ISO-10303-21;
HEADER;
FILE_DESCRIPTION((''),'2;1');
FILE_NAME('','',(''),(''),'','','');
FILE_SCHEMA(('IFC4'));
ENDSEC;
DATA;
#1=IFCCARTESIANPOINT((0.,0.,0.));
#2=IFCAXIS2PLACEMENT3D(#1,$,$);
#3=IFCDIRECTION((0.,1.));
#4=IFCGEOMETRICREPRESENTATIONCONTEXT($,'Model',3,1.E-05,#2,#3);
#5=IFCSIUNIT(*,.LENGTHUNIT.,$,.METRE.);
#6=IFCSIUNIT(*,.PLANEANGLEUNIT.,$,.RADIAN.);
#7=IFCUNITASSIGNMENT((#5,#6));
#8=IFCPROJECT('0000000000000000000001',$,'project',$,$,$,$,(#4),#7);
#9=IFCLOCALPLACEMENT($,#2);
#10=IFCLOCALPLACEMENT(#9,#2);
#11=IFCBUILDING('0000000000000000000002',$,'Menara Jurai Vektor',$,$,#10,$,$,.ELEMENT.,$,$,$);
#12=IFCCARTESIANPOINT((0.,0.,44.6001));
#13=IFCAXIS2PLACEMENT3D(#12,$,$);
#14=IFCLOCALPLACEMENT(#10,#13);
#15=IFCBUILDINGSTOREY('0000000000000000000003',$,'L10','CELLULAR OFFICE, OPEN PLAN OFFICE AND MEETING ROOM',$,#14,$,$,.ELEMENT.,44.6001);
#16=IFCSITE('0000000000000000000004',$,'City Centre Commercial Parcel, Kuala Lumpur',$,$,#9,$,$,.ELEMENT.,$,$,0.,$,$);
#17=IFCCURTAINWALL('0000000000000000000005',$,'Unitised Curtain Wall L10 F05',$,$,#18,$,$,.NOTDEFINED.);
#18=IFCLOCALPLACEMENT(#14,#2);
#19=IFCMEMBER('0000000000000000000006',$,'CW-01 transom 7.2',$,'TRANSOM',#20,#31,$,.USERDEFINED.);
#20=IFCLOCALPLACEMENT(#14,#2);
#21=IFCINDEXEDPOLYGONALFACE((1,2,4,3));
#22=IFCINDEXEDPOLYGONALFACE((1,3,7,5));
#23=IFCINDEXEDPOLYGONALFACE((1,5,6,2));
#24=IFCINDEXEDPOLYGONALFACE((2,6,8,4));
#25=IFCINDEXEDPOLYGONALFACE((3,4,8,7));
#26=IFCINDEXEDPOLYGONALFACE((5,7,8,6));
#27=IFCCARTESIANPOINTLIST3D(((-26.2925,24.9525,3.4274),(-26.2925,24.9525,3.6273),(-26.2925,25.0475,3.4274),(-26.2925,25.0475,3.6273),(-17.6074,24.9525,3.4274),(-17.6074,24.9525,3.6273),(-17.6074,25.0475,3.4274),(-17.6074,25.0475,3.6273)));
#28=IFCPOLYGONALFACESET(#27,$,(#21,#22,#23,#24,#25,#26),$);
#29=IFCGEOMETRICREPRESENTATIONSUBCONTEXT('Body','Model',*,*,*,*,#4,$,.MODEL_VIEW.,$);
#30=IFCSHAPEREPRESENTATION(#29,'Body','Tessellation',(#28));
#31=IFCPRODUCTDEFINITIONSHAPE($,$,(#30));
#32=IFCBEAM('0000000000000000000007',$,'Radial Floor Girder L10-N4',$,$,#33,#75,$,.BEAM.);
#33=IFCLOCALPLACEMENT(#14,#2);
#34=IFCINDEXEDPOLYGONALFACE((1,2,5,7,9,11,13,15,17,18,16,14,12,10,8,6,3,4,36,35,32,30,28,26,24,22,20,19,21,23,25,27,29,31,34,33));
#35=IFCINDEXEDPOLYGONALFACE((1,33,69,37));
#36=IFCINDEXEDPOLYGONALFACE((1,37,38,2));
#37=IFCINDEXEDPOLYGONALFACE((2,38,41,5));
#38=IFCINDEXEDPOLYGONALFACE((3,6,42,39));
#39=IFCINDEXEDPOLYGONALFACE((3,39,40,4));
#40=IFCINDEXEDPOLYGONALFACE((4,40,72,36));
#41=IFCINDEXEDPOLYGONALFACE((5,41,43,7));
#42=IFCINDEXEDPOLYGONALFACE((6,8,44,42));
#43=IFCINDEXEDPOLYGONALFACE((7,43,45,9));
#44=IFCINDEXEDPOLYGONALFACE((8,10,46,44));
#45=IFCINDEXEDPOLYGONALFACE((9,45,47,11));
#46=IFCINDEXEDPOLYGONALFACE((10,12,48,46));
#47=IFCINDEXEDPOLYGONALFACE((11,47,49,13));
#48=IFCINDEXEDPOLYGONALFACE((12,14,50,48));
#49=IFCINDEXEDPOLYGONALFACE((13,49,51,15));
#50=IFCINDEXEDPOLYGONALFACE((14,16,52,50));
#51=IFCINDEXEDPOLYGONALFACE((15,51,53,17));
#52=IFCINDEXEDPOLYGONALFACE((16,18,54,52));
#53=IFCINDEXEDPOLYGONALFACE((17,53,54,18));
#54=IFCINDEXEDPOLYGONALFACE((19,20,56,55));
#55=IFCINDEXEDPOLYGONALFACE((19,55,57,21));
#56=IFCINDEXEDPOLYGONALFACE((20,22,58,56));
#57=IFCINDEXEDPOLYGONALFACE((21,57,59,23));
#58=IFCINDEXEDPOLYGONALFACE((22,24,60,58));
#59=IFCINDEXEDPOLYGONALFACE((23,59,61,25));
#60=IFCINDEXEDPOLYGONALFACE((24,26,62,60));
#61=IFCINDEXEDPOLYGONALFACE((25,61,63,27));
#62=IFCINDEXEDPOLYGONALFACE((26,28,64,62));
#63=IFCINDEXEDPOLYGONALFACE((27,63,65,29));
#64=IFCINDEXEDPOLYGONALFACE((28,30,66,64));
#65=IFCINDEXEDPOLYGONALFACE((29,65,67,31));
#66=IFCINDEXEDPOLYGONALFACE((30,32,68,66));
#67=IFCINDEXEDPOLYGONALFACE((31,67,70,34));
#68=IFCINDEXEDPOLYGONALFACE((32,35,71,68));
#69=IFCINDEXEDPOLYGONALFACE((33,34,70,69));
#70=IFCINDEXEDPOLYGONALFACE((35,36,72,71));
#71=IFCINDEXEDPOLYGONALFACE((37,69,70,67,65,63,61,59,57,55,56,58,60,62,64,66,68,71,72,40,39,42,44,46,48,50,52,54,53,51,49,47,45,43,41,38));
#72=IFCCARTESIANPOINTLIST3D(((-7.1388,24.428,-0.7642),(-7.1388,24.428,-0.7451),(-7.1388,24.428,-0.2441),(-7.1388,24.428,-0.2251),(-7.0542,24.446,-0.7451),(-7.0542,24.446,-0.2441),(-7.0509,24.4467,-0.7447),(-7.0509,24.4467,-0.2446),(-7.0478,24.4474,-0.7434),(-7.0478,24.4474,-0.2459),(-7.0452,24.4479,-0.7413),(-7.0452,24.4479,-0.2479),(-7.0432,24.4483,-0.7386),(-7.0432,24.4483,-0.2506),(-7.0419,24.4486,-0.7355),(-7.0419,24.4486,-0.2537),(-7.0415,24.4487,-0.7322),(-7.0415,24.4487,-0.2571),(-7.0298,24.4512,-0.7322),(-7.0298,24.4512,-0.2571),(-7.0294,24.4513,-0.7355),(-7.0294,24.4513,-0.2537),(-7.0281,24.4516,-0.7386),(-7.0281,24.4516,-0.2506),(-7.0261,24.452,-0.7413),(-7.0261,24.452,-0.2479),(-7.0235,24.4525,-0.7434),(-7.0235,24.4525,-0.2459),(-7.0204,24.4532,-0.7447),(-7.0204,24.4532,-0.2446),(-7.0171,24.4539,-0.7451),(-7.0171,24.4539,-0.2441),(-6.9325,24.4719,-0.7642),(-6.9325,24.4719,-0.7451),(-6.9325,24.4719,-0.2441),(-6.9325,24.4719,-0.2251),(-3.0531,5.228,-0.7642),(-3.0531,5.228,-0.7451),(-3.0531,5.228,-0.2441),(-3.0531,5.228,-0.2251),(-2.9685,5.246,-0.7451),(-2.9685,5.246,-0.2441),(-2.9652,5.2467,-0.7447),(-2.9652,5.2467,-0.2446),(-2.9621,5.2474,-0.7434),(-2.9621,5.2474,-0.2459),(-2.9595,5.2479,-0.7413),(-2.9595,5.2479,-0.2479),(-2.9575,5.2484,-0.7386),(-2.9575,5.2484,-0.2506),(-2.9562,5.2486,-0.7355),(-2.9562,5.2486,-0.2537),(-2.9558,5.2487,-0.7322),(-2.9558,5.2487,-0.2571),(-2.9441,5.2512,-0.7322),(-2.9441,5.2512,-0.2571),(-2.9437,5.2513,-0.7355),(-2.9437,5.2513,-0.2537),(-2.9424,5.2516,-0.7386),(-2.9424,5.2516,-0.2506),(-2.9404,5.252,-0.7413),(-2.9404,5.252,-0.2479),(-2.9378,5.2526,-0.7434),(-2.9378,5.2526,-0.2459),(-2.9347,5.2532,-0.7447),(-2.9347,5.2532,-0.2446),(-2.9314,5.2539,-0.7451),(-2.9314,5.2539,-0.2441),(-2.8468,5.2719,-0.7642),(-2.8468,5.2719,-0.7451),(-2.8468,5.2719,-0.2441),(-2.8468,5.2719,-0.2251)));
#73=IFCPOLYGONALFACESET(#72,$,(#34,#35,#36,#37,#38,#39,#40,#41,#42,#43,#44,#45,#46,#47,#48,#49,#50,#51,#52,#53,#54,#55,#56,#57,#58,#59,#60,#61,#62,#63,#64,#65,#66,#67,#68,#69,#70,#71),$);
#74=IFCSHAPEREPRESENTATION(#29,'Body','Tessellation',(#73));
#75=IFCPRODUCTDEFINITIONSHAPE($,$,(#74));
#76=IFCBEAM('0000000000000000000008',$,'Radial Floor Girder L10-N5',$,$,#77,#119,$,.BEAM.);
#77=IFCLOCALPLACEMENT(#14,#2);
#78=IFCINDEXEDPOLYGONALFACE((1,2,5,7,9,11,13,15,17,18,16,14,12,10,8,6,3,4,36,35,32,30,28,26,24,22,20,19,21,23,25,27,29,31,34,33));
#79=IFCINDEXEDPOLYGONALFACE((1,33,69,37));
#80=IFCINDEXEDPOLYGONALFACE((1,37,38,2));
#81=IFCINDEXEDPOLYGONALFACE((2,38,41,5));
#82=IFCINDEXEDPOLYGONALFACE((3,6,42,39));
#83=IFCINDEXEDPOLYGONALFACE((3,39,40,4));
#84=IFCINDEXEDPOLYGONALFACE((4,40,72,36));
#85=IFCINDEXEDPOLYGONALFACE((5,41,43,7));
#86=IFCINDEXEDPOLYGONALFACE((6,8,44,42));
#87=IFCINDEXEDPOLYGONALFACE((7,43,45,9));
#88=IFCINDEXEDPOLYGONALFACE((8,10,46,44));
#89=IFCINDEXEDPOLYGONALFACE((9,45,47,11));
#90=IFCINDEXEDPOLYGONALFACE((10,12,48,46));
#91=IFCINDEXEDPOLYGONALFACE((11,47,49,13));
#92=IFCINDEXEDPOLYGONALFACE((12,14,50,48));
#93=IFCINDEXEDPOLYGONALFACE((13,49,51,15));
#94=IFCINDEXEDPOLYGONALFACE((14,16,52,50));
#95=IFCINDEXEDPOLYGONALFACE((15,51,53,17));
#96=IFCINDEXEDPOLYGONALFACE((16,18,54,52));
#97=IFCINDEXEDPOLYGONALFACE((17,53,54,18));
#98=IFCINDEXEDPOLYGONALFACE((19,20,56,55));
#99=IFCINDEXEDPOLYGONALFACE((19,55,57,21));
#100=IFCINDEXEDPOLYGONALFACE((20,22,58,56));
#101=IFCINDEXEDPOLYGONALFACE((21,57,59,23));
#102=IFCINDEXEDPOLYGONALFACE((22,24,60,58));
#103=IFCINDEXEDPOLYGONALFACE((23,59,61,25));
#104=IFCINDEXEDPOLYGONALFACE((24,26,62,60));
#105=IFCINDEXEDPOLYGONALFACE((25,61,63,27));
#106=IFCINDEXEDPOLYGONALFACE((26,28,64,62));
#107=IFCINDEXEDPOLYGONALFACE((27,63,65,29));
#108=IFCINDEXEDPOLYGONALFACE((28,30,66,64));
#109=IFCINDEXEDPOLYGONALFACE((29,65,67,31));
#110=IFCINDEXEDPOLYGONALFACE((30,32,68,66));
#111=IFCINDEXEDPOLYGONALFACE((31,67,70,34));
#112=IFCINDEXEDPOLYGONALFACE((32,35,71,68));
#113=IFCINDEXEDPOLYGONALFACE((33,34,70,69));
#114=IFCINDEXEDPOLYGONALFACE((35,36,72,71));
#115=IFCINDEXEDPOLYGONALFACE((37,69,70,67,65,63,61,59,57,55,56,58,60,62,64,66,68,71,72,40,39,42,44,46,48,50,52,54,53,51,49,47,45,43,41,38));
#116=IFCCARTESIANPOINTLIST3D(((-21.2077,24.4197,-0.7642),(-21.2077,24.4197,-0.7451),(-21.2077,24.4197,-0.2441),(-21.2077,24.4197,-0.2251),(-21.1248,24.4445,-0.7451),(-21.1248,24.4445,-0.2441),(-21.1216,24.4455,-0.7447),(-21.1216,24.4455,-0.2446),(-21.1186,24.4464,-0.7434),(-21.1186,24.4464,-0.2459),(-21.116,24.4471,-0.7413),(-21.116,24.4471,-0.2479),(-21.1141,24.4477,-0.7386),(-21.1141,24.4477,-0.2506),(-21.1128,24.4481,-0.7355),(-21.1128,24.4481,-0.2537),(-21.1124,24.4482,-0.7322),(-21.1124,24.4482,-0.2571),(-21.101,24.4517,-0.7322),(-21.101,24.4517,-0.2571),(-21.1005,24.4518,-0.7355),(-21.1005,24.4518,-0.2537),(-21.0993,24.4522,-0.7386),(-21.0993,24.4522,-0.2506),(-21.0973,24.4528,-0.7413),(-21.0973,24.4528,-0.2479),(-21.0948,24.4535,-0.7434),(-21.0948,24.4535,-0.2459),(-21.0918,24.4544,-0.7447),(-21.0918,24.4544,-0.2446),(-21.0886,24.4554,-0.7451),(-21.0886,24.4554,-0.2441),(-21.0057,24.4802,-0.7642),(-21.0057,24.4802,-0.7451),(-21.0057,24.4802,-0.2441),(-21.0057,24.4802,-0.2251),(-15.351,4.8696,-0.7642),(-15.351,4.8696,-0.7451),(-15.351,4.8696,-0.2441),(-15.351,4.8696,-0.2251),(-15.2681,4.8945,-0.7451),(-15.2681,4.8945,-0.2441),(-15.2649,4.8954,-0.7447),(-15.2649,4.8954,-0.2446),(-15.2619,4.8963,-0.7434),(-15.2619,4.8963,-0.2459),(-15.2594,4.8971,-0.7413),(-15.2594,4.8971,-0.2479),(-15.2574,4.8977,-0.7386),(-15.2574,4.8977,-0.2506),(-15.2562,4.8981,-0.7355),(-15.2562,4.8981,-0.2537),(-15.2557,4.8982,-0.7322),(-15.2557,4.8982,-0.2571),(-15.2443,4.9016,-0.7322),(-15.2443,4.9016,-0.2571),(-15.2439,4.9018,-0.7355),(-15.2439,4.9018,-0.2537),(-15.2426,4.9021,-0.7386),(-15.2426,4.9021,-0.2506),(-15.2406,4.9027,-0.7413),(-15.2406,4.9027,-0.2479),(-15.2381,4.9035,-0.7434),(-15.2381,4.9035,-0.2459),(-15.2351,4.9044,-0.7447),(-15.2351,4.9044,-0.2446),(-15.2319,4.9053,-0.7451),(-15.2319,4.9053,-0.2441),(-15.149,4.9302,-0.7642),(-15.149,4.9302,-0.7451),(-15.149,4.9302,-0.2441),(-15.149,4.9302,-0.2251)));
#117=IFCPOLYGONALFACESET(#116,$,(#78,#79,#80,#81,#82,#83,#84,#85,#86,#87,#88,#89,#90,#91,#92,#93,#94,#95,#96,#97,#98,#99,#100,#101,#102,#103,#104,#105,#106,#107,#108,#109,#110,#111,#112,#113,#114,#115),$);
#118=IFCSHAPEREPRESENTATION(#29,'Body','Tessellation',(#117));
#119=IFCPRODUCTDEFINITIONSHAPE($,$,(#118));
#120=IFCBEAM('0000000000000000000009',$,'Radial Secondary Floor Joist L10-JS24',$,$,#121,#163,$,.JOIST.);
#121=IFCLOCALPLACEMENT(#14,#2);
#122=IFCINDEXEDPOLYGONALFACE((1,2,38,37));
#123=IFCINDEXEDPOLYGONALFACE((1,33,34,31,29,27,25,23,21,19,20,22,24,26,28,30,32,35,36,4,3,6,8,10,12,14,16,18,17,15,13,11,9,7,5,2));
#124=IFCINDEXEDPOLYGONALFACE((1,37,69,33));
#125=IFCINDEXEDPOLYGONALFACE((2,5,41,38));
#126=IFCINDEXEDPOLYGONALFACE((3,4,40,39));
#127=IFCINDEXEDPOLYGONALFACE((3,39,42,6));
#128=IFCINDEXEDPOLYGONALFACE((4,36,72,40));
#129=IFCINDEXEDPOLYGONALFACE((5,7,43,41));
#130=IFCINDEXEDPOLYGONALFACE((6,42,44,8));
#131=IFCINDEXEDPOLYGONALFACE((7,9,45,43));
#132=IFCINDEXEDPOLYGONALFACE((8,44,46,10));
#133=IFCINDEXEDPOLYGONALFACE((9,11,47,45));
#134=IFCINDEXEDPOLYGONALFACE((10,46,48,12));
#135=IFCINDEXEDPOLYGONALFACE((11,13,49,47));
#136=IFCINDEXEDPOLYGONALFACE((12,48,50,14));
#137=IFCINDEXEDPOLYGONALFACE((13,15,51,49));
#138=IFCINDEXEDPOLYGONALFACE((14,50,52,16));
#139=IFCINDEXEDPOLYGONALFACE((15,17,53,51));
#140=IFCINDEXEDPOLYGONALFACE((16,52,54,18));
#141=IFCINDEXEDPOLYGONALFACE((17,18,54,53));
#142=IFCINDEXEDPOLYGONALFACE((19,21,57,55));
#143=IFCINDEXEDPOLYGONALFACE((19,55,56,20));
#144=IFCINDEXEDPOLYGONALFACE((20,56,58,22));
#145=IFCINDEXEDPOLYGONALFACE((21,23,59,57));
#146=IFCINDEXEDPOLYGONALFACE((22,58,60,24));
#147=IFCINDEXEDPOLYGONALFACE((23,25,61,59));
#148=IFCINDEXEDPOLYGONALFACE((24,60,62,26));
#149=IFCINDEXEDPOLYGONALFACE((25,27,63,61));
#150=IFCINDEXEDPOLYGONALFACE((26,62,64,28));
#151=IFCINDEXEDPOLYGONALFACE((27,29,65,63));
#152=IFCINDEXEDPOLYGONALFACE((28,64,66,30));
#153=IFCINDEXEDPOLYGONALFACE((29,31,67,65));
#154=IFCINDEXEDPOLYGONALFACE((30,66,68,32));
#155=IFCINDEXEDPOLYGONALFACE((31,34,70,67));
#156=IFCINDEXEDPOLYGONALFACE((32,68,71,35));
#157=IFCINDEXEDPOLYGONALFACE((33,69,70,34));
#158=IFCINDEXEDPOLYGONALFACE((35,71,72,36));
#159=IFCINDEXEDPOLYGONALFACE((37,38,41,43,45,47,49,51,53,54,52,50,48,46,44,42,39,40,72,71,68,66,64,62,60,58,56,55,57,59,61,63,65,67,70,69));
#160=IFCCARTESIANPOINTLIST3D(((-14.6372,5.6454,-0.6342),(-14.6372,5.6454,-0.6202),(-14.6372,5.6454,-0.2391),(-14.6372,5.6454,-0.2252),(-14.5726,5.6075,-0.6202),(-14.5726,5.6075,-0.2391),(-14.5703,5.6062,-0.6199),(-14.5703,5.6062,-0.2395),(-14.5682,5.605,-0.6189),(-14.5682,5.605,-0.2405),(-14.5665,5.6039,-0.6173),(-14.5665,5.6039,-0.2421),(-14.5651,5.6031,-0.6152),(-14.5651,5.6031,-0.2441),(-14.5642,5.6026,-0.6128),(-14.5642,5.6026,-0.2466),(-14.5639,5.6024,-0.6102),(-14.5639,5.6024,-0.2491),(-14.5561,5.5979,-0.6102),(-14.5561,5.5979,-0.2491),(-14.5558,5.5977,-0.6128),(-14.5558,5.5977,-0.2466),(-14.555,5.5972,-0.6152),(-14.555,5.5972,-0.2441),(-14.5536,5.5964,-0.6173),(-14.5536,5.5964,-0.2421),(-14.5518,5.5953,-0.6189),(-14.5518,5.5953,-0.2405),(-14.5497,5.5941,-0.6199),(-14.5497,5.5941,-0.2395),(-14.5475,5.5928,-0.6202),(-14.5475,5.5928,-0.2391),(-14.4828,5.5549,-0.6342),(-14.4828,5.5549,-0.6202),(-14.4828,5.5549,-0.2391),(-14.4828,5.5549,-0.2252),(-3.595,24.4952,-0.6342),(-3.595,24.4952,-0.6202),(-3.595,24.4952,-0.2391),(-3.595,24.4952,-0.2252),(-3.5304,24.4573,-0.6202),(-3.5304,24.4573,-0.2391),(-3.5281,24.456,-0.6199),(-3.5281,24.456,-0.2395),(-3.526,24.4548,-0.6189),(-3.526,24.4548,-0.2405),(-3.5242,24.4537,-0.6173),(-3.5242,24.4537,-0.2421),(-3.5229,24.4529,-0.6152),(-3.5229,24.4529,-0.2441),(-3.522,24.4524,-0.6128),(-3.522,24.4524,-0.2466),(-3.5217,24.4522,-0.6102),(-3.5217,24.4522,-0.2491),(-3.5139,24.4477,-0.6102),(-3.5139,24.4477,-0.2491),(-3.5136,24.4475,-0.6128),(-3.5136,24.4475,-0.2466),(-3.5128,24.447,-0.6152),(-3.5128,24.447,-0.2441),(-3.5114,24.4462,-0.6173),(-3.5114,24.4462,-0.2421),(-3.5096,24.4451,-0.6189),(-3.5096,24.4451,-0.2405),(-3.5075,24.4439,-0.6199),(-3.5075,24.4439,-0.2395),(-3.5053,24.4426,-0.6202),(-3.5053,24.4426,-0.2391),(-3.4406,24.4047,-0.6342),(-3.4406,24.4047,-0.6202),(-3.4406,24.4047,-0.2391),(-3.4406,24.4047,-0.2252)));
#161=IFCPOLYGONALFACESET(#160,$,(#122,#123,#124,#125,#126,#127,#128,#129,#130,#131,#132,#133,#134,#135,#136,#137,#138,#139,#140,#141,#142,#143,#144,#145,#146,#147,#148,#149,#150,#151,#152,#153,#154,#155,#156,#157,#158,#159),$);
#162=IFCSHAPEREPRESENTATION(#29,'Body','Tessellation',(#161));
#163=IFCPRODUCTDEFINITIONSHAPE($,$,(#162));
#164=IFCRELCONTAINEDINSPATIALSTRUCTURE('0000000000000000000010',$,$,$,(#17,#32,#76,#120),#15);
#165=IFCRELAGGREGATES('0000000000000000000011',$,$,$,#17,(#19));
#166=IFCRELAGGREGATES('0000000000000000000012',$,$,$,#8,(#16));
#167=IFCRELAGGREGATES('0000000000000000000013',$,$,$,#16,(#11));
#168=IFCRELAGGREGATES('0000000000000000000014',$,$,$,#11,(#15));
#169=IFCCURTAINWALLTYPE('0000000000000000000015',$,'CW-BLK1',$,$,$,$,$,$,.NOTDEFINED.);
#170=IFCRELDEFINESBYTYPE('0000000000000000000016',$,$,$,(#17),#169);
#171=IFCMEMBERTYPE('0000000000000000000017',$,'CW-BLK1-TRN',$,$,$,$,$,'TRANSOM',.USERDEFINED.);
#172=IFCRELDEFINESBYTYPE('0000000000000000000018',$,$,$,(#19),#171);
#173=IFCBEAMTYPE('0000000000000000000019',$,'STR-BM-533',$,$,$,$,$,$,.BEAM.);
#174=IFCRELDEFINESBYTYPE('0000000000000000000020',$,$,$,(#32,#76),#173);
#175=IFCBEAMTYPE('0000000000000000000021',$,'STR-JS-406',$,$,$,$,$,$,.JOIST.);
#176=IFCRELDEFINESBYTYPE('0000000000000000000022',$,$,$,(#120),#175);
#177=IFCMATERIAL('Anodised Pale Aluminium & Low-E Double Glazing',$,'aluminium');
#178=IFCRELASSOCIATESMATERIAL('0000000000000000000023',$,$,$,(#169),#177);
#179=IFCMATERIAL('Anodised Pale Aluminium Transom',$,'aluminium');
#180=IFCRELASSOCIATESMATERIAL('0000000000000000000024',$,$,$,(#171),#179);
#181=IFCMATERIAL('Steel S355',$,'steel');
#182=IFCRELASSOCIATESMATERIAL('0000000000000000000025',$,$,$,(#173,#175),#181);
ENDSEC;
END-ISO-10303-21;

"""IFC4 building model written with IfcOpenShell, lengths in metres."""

from ifc_helpers import new_model, si_unit, direction, frame, origin, origin_2d, place, context, subcontext, project, spatial, rectangle, i_section, extrude, material, material_profile, profile_set, type_object, element, aggregate, save


model = new_model("IFC4")

# Units and contexts
model_context = context("Model", 3, precision=1e-05, world=origin(), true_north=direction((0.0, 1.0)))
body_context = subcontext(model_context, "Body", "Model", "MODEL_VIEW")
ifc_project = project(units=[si_unit("LENGTHUNIT", "METRE"), si_unit("PLANEANGLEUNIT", "RADIAN")], contexts=[model_context])

# Site, building, storey
site_placement = place(None, origin())
site = spatial("IfcSite", under=ifc_project, at=site_placement, Name="City Centre Commercial Parcel, Kuala Lumpur", CompositionType="ELEMENT", RefElevation=0.0)
building_placement = place(site_placement, origin())
building = spatial("IfcBuilding", under=site, at=building_placement, Name="Menara Jurai Vektor", CompositionType="ELEMENT")
storey_placement = place(building_placement, frame((0.0, 0.0, 44.6001)))
storey = spatial("IfcBuildingStorey", under=building, at=storey_placement, Name="L10", Description="CELLULAR OFFICE, OPEN PLAN OFFICE AND MEETING ROOM", CompositionType="ELEMENT", Elevation=44.6001)

# Curtain wall, member
ifc_material_1 = material(Name="Anodised Pale Aluminium & Low-E Double Glazing", Category="aluminium")
curtain_wall_type = type_object("IfcCurtainWallType", Name="CW-BLK1", PredefinedType="NOTDEFINED", material=ifc_material_1)
curtain_wall_placement = place(storey_placement, origin())
curtain_wall = element("IfcCurtainWall", 1, at=curtain_wall_placement, inside=storey, type_object=curtain_wall_type, Name="Unitised Curtain Wall L10 F05", PredefinedType="NOTDEFINED")
ifc_material_2 = material(Name="Anodised Pale Aluminium Transom", Category="aluminium")
ifc_material_profile_1 = material_profile(ifc_material_2, rectangle(XDim=0.095, YDim=0.2, at=origin_2d()), Name="ALU TRN 95x200")
ifc_profile_set_1 = profile_set([ifc_material_profile_1], Name="Anodised Pale Aluminium Transom")
member_type_1 = type_object("IfcMemberType", Name="CW-BLK1-TRN", ElementType="TRANSOM", PredefinedType="USERDEFINED", material=ifc_profile_set_1)
member_1_placement = place(storey_placement, frame((-17.6074, 25.0, 3.5273), z_axis=(-1.0, 0.0, 0.0), x_axis=(0.0, -1.0, 0.0)))
member_1 = element("IfcMember", 2, at=member_1_placement, type_object=member_type_1, Name="CW-01 transom 7.2", ObjectType="TRANSOM", PredefinedType="USERDEFINED", context=body_context, shape_type="SweptSolid", body=[
    extrude(rectangle(XDim=0.095, YDim=0.2, at=origin_2d()), origin(), (0.0, 0.0, 1.0), 8.6851),
])

# Beams
ifc_material_3 = material(Name="Steel S355", Category="steel")
ifc_material_profile_2 = material_profile(ifc_material_3, i_section(OverallWidth=0.2109, OverallDepth=0.5391, WebThickness=0.012, FlangeThickness=0.019, FilletRadius=0.0129, at=origin_2d()), Name="UKB 533x210x109")
ifc_profile_set_2 = profile_set([ifc_material_profile_2], Name="Steel S355")
beam_type_1 = type_object("IfcBeamType", Name="STR-BM-533", PredefinedType="BEAM", material=ifc_profile_set_2)
beam_1_placement = place(storey_placement, frame((-7.0356, 24.45, -0.4946), z_axis=(0.208137, -0.9781, 0.0), x_axis=(0.9781, 0.208137, 0.0)))
element("IfcBeam", 3, at=beam_1_placement, inside=storey, type_object=beam_type_1, Name="Radial Floor Girder L10-N4", PredefinedType="BEAM", context=body_context, shape_type="SweptSolid", body=[
    extrude(i_section(OverallWidth=0.2109, OverallDepth=0.5391, WebThickness=0.012, FlangeThickness=0.019, FilletRadius=0.0129, at=origin_2d()), origin(), (0.0, 0.0, 1.0), 19.6299),
])
beam_2_placement = place(storey_placement, frame((-21.1067, 24.45, -0.4946), z_axis=(0.286974, -0.957938, 0.0), x_axis=(0.957938, 0.286974, 0.0)))
element("IfcBeam", 4, at=beam_2_placement, inside=storey, type_object=beam_type_1, Name="Radial Floor Girder L10-N5", PredefinedType="BEAM", context=body_context, shape_type="SweptSolid", body=[
    extrude(i_section(OverallWidth=0.2109, OverallDepth=0.5391, WebThickness=0.012, FlangeThickness=0.019, FilletRadius=0.0129, at=origin_2d()), origin(), (0.0, 0.0, 1.0), 20.4084),
])
ifc_material_profile_3 = material_profile(ifc_material_3, i_section(OverallWidth=0.179, OverallDepth=0.4089, WebThickness=0.009, FlangeThickness=0.0139, FilletRadius=0.01, at=origin_2d()), Name="UKB 406x178x67")
ifc_profile_set_3 = profile_set([ifc_material_profile_3], Name="Steel S355")
beam_type_2 = type_object("IfcBeamType", Name="STR-JS-406", PredefinedType="JOIST", material=ifc_profile_set_3)
beam_3_placement = place(storey_placement, frame((-3.5178, 24.45, -0.4297), z_axis=(-0.505458, -0.862851, 0.0), x_axis=(0.862851, -0.505458, 0.0)))
element("IfcBeam", 5, at=beam_3_placement, inside=storey, type_object=beam_type_2, Name="Radial Secondary Floor Joist L10-JS24", PredefinedType="JOIST", context=body_context, shape_type="SweptSolid", body=[
    extrude(i_section(OverallWidth=0.179, OverallDepth=0.4089, WebThickness=0.009, FlangeThickness=0.0139, FilletRadius=0.01, at=origin_2d()), origin(), (0.0, 0.0, 1.0), 21.8459),
])

aggregate(curtain_wall, [member_1])

save(model, "model.ifc")
